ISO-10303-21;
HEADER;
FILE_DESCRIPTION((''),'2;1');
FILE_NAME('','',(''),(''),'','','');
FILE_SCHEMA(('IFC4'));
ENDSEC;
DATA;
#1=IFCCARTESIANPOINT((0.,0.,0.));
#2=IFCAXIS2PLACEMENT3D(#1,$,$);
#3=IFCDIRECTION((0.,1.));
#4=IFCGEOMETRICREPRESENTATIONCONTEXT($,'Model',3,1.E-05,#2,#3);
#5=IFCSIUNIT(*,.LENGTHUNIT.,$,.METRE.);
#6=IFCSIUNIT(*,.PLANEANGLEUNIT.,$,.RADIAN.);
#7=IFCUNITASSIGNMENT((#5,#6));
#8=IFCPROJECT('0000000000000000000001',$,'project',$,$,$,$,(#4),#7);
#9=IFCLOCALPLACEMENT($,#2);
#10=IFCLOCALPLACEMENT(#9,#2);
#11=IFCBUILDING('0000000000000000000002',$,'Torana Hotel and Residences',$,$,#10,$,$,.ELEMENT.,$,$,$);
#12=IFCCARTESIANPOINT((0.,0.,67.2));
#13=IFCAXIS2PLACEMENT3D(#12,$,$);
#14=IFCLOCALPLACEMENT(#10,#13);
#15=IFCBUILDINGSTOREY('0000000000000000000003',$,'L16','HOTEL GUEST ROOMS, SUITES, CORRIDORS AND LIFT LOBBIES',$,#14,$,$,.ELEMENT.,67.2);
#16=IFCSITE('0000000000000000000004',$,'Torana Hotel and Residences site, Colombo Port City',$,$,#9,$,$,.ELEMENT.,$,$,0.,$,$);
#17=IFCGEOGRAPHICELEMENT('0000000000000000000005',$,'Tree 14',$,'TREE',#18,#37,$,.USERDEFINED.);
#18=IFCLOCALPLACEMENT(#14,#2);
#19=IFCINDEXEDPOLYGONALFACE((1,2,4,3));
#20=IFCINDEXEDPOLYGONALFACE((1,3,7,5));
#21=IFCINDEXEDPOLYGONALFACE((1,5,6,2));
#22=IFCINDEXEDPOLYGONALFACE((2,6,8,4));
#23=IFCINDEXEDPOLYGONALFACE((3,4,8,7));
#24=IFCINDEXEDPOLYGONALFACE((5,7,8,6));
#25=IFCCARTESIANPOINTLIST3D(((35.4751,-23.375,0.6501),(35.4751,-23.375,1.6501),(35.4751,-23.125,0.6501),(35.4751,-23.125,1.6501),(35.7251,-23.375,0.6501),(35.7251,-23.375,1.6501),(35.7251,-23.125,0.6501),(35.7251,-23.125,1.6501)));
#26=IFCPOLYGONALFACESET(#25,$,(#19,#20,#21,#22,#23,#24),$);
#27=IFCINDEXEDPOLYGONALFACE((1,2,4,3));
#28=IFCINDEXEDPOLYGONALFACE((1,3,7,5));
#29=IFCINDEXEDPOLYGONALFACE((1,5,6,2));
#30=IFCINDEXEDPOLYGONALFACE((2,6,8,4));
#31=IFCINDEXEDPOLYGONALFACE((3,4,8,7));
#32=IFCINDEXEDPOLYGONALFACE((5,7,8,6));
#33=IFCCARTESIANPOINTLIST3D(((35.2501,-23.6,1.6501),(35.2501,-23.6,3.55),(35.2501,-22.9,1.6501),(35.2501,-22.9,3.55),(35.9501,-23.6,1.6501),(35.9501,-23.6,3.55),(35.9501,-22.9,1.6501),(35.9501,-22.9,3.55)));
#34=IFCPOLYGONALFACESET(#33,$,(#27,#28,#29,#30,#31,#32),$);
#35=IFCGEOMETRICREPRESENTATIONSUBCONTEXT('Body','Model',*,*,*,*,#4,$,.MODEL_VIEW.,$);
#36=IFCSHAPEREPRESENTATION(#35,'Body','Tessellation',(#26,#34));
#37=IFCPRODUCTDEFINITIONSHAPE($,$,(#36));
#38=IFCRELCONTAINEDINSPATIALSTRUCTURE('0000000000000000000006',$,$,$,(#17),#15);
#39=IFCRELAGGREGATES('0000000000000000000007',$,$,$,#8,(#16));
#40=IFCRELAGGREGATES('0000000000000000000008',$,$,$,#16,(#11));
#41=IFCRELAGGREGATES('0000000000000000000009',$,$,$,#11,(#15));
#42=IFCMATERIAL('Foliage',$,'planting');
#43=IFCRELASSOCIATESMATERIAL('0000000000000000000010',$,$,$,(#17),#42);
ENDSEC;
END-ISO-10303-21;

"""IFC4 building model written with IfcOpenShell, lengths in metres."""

from ifc_helpers import new_model, si_unit, direction, frame, origin, origin_2d, place, context, subcontext, project, spatial, rectangle, extrude, material, element, save


model = new_model("IFC4")

# Units and contexts
model_context = context("Model", 3, precision=1e-05, world=origin(), true_north=direction((0.0, 1.0)))
body_context = subcontext(model_context, "Body", "Model", "MODEL_VIEW")
ifc_project = project(units=[si_unit("LENGTHUNIT", "METRE"), si_unit("PLANEANGLEUNIT", "RADIAN")], contexts=[model_context])

# Site, building, storey
site_placement = place(None, origin())
site = spatial("IfcSite", under=ifc_project, at=site_placement, Name="Torana Hotel and Residences site, Colombo Port City", CompositionType="ELEMENT", RefElevation=0.0)
building_placement = place(site_placement, origin())
building = spatial("IfcBuilding", under=site, at=building_placement, Name="Torana Hotel and Residences", CompositionType="ELEMENT")
storey_placement = place(building_placement, frame((0.0, 0.0, 67.2)))
storey = spatial("IfcBuildingStorey", under=building, at=storey_placement, Name="L16", Description="HOTEL GUEST ROOMS, SUITES, CORRIDORS AND LIFT LOBBIES", CompositionType="ELEMENT", Elevation=67.2)

# Geographic element
ifc_material_1 = material(Name="Foliage", Category="planting")
geographic_element_placement = place(storey_placement, frame((35.6001, -23.25, 0.6501), z_axis=(0.0, 0.0, 1.0), x_axis=(1.0, 0.0, 0.0)))
element("IfcGeographicElement", 1, at=geographic_element_placement, inside=storey, material=ifc_material_1, Name="Tree 14", ObjectType="TREE", PredefinedType="USERDEFINED", context=body_context, shape_type="SweptSolid", body=[
    extrude(rectangle(XDim=0.25, YDim=0.25, at=origin_2d()), origin(), (0.0, 0.0, 1.0), 1.0),
    extrude(rectangle(XDim=0.7, YDim=0.7, at=origin_2d()), frame((0.0, 0.0, 1.0)), (0.0, 0.0, 1.0), 1.8999),
])

save(model, "model.ifc")
